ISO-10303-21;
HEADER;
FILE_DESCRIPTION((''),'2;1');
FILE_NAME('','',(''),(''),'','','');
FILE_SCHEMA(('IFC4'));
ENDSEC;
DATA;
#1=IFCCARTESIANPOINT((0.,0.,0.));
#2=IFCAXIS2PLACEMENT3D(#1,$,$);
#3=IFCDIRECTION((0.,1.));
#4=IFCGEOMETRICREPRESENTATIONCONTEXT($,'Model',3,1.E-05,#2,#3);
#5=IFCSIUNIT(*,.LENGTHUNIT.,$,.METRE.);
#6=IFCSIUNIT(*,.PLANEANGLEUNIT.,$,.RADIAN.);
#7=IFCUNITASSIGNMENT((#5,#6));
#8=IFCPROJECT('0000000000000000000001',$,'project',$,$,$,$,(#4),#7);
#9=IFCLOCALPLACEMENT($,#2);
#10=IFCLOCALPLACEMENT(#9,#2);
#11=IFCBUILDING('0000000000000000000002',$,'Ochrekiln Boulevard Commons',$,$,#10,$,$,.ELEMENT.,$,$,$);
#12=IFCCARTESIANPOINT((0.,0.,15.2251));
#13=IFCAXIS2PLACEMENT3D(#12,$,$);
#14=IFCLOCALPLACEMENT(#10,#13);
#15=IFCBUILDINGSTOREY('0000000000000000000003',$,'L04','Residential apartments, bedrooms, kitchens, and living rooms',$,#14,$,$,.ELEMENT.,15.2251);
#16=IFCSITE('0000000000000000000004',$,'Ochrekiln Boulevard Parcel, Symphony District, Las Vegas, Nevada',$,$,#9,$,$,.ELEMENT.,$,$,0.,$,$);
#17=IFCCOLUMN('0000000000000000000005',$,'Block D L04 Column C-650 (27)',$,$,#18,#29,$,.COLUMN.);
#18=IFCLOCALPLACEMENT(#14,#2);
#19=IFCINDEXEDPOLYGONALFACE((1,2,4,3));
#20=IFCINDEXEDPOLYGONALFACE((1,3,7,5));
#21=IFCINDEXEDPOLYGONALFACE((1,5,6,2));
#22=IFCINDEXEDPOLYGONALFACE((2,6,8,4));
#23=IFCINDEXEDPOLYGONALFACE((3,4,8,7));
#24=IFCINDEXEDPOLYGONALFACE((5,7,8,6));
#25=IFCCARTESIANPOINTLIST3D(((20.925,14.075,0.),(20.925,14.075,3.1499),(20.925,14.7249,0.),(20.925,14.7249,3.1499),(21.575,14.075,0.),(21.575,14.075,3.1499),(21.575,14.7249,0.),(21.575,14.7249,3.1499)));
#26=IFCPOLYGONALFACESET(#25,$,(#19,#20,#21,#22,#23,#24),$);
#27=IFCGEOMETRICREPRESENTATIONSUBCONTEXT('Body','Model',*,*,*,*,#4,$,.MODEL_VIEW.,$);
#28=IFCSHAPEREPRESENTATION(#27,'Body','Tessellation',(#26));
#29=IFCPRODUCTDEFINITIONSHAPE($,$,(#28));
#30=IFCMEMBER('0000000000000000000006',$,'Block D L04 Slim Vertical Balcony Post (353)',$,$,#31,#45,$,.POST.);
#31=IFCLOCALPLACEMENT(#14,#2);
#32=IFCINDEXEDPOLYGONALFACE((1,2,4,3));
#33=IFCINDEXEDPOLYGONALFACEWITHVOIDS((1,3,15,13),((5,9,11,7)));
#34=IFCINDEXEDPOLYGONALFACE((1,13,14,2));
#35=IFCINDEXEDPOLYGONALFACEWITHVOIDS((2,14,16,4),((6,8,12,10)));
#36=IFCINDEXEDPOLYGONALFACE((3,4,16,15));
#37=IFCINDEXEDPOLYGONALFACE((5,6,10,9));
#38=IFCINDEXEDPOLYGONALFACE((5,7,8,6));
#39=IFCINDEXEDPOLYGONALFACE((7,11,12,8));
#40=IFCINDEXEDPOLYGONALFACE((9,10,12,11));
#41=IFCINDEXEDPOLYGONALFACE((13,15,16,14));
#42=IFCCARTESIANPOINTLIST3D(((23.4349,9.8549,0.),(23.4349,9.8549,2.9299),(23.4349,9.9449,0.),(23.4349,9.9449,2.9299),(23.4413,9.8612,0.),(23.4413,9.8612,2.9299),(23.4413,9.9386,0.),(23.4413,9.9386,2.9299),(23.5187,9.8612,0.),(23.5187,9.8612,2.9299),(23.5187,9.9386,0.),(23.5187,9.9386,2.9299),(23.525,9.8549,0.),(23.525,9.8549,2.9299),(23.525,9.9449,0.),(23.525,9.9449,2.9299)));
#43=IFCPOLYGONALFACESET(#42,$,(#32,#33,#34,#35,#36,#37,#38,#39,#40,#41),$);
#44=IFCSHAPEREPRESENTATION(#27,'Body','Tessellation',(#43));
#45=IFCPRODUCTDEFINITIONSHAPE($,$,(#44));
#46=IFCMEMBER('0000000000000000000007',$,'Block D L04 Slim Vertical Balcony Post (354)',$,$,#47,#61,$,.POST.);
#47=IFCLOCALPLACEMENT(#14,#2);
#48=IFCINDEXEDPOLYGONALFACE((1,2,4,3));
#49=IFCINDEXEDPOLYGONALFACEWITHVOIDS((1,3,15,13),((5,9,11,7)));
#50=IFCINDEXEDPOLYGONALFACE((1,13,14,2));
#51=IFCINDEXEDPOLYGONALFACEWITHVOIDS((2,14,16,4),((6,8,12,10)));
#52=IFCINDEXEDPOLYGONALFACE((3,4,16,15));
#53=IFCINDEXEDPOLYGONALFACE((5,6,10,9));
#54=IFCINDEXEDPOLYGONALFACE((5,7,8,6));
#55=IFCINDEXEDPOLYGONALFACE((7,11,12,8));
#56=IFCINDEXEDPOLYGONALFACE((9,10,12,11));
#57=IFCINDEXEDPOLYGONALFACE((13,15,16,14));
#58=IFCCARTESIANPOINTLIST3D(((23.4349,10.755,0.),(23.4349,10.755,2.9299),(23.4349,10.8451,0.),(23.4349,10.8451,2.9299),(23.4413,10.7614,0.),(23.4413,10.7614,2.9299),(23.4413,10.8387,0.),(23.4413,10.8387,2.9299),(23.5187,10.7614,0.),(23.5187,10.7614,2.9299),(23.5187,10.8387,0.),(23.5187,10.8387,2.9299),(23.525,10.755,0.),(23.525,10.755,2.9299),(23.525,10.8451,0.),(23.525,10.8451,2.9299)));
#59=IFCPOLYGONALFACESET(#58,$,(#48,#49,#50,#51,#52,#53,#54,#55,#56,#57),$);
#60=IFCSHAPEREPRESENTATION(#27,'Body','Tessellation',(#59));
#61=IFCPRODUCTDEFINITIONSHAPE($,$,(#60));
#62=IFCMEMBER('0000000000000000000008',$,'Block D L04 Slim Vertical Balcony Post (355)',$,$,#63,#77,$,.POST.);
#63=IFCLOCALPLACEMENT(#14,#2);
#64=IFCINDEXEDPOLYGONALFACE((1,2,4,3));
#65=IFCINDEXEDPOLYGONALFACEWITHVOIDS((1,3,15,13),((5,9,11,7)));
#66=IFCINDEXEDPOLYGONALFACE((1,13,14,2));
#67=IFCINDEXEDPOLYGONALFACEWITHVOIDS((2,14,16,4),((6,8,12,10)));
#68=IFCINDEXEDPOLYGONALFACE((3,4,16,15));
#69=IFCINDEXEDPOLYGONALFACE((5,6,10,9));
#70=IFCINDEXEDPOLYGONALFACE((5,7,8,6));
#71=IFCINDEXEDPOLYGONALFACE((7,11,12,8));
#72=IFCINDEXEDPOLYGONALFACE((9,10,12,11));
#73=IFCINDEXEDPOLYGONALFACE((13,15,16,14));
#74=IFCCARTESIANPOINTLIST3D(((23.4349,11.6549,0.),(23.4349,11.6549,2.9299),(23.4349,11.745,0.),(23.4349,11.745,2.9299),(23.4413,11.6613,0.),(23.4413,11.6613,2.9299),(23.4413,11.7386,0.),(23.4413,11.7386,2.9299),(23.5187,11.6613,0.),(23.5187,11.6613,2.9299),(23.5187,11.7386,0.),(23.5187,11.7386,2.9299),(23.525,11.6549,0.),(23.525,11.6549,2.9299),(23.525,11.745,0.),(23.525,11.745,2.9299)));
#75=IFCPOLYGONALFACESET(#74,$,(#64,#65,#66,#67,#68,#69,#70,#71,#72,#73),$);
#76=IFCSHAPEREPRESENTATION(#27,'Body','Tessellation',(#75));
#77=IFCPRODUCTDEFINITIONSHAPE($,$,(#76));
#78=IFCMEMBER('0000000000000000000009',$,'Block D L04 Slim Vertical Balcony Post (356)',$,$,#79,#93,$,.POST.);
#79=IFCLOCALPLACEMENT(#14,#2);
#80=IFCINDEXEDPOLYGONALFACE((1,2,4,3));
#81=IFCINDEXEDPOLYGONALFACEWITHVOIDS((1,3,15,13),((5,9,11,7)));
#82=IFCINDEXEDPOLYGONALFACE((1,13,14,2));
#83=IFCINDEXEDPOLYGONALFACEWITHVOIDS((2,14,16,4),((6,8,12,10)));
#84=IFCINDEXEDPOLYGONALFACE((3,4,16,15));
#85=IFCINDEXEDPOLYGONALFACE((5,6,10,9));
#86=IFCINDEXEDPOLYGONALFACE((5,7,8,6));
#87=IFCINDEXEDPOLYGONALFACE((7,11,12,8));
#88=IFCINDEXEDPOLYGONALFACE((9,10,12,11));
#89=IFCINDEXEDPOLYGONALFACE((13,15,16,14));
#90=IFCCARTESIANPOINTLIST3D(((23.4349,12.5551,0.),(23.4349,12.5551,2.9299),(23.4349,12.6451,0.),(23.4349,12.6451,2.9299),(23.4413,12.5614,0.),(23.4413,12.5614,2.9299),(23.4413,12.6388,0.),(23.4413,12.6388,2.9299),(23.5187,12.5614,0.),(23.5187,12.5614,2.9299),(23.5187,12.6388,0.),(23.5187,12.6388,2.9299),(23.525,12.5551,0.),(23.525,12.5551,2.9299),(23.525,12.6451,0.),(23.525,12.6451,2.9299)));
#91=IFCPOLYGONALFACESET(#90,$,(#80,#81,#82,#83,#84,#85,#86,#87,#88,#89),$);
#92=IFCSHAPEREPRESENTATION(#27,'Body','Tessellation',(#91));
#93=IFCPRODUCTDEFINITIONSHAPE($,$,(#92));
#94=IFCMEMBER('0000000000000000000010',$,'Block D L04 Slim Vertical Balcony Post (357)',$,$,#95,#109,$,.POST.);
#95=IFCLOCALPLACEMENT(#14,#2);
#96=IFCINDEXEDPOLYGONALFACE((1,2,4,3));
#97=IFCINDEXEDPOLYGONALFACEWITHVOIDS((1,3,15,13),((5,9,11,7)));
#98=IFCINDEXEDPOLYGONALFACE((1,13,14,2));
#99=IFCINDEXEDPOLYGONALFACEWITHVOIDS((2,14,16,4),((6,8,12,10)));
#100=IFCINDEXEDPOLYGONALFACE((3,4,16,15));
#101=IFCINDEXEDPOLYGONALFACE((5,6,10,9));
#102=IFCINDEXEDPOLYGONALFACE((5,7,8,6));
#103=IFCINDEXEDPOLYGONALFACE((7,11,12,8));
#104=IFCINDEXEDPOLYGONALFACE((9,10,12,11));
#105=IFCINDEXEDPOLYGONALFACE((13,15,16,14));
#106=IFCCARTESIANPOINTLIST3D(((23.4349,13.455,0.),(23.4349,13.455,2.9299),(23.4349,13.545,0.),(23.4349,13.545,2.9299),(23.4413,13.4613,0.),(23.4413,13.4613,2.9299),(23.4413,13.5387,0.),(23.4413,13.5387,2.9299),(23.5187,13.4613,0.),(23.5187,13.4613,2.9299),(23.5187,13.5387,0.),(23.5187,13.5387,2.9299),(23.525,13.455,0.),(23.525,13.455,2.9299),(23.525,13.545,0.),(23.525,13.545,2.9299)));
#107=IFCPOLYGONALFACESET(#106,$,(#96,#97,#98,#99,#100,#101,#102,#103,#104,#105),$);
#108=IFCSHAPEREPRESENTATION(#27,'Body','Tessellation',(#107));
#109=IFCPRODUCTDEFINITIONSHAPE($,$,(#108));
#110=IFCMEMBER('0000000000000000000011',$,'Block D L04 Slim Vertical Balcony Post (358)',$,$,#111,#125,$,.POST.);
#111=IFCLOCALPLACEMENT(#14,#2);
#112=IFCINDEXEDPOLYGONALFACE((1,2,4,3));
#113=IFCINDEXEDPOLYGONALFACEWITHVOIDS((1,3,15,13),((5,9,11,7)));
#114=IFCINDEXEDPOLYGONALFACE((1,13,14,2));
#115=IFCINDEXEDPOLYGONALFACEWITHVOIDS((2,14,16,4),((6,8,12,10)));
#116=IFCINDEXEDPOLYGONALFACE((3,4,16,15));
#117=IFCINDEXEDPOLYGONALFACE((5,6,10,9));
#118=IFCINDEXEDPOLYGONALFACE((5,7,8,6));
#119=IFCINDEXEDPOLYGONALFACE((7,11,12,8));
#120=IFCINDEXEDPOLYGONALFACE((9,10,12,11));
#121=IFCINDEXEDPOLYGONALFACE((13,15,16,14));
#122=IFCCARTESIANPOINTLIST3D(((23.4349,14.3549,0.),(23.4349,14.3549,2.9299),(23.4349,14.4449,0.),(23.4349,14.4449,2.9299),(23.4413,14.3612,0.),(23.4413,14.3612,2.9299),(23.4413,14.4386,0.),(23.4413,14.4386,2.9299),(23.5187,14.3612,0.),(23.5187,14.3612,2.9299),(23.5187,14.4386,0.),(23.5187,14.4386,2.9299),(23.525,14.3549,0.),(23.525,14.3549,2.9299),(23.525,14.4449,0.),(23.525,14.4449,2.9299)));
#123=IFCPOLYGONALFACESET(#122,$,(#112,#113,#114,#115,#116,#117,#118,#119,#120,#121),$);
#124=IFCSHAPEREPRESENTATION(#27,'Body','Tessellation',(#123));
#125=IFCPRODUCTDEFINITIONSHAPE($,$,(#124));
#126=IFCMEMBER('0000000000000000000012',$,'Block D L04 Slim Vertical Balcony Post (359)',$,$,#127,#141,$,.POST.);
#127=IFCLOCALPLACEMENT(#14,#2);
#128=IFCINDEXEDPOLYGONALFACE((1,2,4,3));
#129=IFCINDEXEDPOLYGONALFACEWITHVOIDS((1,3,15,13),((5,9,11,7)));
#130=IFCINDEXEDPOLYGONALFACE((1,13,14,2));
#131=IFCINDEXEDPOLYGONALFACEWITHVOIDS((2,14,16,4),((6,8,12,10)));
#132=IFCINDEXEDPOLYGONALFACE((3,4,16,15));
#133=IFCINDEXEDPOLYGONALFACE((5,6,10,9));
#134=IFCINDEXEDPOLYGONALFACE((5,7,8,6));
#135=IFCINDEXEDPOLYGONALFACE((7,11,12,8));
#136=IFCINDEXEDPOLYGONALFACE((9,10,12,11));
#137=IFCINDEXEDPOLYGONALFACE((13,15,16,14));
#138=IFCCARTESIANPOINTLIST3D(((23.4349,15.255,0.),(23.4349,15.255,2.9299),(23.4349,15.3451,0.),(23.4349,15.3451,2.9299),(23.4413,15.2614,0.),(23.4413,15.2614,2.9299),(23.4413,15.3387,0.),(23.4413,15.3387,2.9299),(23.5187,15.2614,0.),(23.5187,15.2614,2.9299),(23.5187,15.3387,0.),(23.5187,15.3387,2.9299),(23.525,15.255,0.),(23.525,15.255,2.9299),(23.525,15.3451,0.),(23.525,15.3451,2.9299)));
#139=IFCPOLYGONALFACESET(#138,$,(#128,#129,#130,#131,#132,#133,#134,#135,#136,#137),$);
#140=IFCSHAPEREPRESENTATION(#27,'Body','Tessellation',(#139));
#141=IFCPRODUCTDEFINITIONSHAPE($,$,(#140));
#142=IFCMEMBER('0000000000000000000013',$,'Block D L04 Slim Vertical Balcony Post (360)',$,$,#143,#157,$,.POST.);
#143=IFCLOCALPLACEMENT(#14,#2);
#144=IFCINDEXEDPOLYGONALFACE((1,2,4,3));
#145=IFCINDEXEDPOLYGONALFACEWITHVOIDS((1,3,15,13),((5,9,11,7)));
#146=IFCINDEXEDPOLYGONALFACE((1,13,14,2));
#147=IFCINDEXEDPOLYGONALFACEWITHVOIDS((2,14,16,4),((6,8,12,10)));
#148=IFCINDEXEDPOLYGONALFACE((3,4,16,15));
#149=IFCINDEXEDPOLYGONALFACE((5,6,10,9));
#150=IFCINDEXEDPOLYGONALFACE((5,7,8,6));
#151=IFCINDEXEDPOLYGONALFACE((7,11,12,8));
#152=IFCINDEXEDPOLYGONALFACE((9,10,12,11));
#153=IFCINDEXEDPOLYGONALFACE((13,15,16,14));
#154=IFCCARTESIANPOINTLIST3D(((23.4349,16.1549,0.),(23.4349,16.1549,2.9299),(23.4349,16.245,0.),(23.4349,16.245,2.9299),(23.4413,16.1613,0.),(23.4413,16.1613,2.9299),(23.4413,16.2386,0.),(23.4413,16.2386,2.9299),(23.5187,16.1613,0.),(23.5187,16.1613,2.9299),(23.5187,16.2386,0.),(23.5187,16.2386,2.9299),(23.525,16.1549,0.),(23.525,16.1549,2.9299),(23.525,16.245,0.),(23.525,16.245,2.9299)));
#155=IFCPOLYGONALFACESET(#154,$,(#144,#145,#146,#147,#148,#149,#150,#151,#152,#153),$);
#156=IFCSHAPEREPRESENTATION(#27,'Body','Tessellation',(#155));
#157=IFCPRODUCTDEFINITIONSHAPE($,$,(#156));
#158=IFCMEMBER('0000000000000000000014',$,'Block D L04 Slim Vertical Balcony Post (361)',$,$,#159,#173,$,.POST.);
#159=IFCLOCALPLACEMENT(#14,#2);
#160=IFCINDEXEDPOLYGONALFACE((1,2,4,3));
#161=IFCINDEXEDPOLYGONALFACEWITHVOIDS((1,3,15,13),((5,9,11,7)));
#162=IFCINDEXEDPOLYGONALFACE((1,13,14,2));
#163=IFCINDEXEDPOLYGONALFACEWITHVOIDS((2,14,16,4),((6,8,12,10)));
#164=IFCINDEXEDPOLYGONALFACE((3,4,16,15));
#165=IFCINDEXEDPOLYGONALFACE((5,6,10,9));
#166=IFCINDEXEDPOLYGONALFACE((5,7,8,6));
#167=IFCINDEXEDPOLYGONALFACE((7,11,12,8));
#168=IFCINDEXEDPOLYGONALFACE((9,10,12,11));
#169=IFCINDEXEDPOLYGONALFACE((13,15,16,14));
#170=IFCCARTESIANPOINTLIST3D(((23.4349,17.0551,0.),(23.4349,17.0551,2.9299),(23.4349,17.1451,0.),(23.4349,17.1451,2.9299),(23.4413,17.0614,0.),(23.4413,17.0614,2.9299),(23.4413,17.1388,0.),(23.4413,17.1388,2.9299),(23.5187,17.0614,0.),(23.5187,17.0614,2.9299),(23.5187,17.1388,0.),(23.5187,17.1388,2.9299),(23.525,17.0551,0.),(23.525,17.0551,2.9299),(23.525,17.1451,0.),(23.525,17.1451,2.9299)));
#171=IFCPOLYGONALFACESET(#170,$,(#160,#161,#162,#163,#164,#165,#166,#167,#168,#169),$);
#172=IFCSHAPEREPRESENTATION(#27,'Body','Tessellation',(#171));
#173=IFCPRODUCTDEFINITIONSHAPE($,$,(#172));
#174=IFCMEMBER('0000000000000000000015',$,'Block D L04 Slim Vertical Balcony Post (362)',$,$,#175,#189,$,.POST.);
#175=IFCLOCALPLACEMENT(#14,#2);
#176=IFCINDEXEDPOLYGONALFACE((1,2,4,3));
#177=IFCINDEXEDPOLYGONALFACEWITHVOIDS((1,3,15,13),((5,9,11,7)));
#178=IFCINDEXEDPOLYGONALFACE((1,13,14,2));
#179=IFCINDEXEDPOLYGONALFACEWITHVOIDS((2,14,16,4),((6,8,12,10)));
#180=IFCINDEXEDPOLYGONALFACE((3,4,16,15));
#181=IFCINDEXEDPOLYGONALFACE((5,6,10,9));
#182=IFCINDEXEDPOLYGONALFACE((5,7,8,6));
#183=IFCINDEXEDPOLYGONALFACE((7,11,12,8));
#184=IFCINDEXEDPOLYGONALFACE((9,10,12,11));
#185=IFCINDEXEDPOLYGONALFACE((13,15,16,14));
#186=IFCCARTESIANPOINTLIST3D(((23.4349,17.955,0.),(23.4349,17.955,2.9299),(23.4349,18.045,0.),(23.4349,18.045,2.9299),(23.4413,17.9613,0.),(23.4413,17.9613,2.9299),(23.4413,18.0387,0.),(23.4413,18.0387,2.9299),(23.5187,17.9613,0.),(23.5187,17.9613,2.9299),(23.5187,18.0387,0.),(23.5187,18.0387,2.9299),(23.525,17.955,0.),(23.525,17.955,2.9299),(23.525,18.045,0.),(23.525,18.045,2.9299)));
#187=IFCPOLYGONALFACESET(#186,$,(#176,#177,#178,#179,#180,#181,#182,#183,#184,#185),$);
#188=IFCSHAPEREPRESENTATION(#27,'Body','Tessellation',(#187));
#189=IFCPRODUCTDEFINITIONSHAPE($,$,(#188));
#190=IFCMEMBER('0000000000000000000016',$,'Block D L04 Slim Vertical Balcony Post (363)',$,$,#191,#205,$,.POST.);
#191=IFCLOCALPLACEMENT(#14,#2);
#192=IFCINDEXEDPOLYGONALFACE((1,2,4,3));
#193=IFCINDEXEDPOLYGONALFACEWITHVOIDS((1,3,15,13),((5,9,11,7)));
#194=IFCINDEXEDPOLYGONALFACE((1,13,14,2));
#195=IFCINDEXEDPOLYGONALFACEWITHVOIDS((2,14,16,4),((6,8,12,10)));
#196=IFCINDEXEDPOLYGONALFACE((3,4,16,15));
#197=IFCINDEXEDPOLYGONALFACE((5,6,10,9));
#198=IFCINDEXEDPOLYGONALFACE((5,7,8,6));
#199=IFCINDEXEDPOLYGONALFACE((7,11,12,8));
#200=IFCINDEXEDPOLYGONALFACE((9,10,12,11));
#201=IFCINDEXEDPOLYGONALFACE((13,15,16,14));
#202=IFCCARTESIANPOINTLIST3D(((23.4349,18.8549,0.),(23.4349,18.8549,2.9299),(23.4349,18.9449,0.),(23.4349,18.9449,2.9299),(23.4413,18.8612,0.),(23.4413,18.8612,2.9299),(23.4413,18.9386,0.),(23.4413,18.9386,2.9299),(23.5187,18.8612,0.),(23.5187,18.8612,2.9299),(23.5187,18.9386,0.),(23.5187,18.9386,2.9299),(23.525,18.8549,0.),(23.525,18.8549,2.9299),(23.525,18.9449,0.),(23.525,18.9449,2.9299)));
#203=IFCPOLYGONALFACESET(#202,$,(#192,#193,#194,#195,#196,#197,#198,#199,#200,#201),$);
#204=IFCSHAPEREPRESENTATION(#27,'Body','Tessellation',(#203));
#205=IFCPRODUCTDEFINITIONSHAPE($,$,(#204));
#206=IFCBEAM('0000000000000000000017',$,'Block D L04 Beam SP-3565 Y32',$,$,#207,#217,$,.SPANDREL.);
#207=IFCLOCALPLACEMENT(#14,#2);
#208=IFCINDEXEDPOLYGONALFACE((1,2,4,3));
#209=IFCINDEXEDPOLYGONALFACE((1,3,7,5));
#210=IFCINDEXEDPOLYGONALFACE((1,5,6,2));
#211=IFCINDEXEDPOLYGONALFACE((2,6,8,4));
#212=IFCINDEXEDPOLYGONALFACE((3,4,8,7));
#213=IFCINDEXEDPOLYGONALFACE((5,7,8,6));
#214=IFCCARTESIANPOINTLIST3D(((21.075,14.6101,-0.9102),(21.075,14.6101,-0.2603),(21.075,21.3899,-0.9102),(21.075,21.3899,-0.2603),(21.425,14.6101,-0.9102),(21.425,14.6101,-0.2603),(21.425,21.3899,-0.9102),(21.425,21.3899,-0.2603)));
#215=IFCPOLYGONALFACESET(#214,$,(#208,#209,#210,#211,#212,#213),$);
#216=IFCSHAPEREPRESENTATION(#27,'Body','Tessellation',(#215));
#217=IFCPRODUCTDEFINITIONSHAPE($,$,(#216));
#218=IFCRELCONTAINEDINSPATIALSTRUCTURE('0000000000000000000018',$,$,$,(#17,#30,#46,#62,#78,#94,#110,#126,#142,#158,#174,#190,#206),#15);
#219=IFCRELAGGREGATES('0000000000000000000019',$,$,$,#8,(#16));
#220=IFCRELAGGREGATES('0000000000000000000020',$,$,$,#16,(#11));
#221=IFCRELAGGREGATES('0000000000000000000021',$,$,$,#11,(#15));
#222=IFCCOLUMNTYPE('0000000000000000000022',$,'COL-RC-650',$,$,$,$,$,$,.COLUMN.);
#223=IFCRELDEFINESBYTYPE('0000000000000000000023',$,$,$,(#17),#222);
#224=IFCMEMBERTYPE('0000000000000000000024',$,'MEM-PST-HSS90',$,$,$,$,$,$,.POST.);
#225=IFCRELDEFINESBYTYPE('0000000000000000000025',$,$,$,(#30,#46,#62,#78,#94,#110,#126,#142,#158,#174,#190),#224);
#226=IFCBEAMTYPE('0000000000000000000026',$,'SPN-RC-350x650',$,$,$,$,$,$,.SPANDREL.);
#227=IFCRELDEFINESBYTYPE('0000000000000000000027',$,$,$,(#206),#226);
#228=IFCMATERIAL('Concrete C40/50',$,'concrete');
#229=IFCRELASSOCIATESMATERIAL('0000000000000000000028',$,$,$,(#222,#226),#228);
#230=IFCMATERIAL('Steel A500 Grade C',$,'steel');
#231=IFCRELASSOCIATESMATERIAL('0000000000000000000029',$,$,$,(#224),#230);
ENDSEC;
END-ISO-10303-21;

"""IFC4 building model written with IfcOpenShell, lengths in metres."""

from ifc_helpers import new_model, si_unit, direction, frame, origin, origin_2d, place, context, subcontext, project, spatial, rectangle, hollow_rectangle, extrude, material, material_profile, profile_set, type_object, element, save


model = new_model("IFC4")

# Units and contexts
model_context = context("Model", 3, precision=1e-05, world=origin(), true_north=direction((0.0, 1.0)))
body_context = subcontext(model_context, "Body", "Model", "MODEL_VIEW")
ifc_project = project(units=[si_unit("LENGTHUNIT", "METRE"), si_unit("PLANEANGLEUNIT", "RADIAN")], contexts=[model_context])

# Site, building, storey
site_placement = place(None, origin())
site = spatial("IfcSite", under=ifc_project, at=site_placement, Name="Ochrekiln Boulevard Parcel, Symphony District, Las Vegas, Nevada", CompositionType="ELEMENT", RefElevation=0.0)
building_placement = place(site_placement, origin())
building = spatial("IfcBuilding", under=site, at=building_placement, Name="Ochrekiln Boulevard Commons", CompositionType="ELEMENT")
storey_placement = place(building_placement, frame((0.0, 0.0, 15.2251)))
storey = spatial("IfcBuildingStorey", under=building, at=storey_placement, Name="L04", Description="Residential apartments, bedrooms, kitchens, and living rooms", CompositionType="ELEMENT", Elevation=15.2251)

# Column
ifc_material_1 = material(Name="Concrete C40/50", Category="concrete")
ifc_material_profile_1 = material_profile(ifc_material_1, rectangle(XDim=0.6499, YDim=0.6499, at=origin_2d()), Name="RC-COL-650x650")
ifc_profile_set_1 = profile_set([ifc_material_profile_1], Name="Concrete C40/50")
column_type = type_object("IfcColumnType", Name="COL-RC-650", PredefinedType="COLUMN", material=ifc_profile_set_1)
column_placement = place(storey_placement, frame((21.25, 14.3999, 0.0), z_axis=(0.0, 0.0, 1.0), x_axis=(1.0, 0.0, 0.0)))
element("IfcColumn", 1, at=column_placement, inside=storey, type_object=column_type, Name="Block D L04 Column C-650 (27)", PredefinedType="COLUMN", context=body_context, shape_type="SweptSolid", body=[
    extrude(rectangle(XDim=0.6499, YDim=0.6499, at=origin_2d()), origin(), (0.0, 0.0, 1.0), 3.1499),
])

# Members
ifc_material_2 = material(Name="Steel A500 Grade C", Category="steel")
ifc_material_profile_2 = material_profile(ifc_material_2, hollow_rectangle(XDim=0.0901, YDim=0.0901, WallThickness=0.0063, at=origin_2d()), Name="HSS90X90X6.4")
ifc_profile_set_2 = profile_set([ifc_material_profile_2], Name="Steel A500 Grade C")
member_type = type_object("IfcMemberType", Name="MEM-PST-HSS90", PredefinedType="POST", material=ifc_profile_set_2)
for number, where, z_axis, x_axis, name in (
    (2, (23.48, 9.8999, 0.0), (0.0, 0.0, 1.0), (1.0, 0.0, 0.0), "Block D L04 Slim Vertical Balcony Post (353)"),
    (3, (23.48, 10.8, 0.0), (0.0, 0.0, 1.0), (1.0, 0.0, 0.0), "Block D L04 Slim Vertical Balcony Post (354)"),
    (4, (23.48, 11.7, 0.0), (0.0, 0.0, 1.0), (1.0, 0.0, 0.0), "Block D L04 Slim Vertical Balcony Post (355)"),
    (5, (23.48, 12.6001, 0.0), (0.0, 0.0, 1.0), (1.0, 0.0, 0.0), "Block D L04 Slim Vertical Balcony Post (356)"),
    (6, (23.48, 13.5, 0.0), (0.0, 0.0, 1.0), (1.0, 0.0, 0.0), "Block D L04 Slim Vertical Balcony Post (357)"),
    (7, (23.48, 14.3999, 0.0), (0.0, 0.0, 1.0), (1.0, 0.0, 0.0), "Block D L04 Slim Vertical Balcony Post (358)"),
    (8, (23.48, 15.3, 0.0), (0.0, 0.0, 1.0), (1.0, 0.0, 0.0), "Block D L04 Slim Vertical Balcony Post (359)"),
    (9, (23.48, 16.2, 0.0), (0.0, 0.0, 1.0), (1.0, 0.0, 0.0), "Block D L04 Slim Vertical Balcony Post (360)"),
    (10, (23.48, 17.1001, 0.0), (0.0, 0.0, 1.0), (1.0, 0.0, 0.0), "Block D L04 Slim Vertical Balcony Post (361)"),
    (11, (23.48, 18.0, 0.0), (0.0, 0.0, 1.0), (1.0, 0.0, 0.0), "Block D L04 Slim Vertical Balcony Post (362)"),
    (12, (23.48, 18.8999, 0.0), (0.0, 0.0, 1.0), (1.0, 0.0, 0.0), "Block D L04 Slim Vertical Balcony Post (363)"),
):
    element("IfcMember", number, at=place(storey_placement, frame(where, z_axis=z_axis, x_axis=x_axis)), inside=storey, type_object=member_type, Name=name, PredefinedType="POST", context=body_context, shape_type="SweptSolid", body=[
        extrude(hollow_rectangle(XDim=0.0901, YDim=0.0901, WallThickness=0.0063, at=origin_2d()), origin(), (0.0, 0.0, 1.0), 2.9299),
    ])

# Beam
ifc_material_profile_3 = material_profile(ifc_material_1, rectangle(XDim=0.3501, YDim=0.6499, at=origin_2d()), Name="RC-SPN-350x650")
ifc_profile_set_3 = profile_set([ifc_material_profile_3], Name="Concrete C40/50")
beam_type = type_object("IfcBeamType", Name="SPN-RC-350x650", PredefinedType="SPANDREL", material=ifc_profile_set_3)
beam_placement = place(storey_placement, frame((21.25, 14.6101, -0.5852), z_axis=(0.0, 1.0, 0.0), x_axis=(-1.0, 0.0, 0.0)))
element("IfcBeam", 13, at=beam_placement, inside=storey, type_object=beam_type, Name="Block D L04 Beam SP-3565 Y32", PredefinedType="SPANDREL", context=body_context, shape_type="SweptSolid", body=[
    extrude(rectangle(XDim=0.3501, YDim=0.6499, at=origin_2d()), origin(), (0.0, 0.0, 1.0), 6.7798),
])

save(model, "model.ifc")
